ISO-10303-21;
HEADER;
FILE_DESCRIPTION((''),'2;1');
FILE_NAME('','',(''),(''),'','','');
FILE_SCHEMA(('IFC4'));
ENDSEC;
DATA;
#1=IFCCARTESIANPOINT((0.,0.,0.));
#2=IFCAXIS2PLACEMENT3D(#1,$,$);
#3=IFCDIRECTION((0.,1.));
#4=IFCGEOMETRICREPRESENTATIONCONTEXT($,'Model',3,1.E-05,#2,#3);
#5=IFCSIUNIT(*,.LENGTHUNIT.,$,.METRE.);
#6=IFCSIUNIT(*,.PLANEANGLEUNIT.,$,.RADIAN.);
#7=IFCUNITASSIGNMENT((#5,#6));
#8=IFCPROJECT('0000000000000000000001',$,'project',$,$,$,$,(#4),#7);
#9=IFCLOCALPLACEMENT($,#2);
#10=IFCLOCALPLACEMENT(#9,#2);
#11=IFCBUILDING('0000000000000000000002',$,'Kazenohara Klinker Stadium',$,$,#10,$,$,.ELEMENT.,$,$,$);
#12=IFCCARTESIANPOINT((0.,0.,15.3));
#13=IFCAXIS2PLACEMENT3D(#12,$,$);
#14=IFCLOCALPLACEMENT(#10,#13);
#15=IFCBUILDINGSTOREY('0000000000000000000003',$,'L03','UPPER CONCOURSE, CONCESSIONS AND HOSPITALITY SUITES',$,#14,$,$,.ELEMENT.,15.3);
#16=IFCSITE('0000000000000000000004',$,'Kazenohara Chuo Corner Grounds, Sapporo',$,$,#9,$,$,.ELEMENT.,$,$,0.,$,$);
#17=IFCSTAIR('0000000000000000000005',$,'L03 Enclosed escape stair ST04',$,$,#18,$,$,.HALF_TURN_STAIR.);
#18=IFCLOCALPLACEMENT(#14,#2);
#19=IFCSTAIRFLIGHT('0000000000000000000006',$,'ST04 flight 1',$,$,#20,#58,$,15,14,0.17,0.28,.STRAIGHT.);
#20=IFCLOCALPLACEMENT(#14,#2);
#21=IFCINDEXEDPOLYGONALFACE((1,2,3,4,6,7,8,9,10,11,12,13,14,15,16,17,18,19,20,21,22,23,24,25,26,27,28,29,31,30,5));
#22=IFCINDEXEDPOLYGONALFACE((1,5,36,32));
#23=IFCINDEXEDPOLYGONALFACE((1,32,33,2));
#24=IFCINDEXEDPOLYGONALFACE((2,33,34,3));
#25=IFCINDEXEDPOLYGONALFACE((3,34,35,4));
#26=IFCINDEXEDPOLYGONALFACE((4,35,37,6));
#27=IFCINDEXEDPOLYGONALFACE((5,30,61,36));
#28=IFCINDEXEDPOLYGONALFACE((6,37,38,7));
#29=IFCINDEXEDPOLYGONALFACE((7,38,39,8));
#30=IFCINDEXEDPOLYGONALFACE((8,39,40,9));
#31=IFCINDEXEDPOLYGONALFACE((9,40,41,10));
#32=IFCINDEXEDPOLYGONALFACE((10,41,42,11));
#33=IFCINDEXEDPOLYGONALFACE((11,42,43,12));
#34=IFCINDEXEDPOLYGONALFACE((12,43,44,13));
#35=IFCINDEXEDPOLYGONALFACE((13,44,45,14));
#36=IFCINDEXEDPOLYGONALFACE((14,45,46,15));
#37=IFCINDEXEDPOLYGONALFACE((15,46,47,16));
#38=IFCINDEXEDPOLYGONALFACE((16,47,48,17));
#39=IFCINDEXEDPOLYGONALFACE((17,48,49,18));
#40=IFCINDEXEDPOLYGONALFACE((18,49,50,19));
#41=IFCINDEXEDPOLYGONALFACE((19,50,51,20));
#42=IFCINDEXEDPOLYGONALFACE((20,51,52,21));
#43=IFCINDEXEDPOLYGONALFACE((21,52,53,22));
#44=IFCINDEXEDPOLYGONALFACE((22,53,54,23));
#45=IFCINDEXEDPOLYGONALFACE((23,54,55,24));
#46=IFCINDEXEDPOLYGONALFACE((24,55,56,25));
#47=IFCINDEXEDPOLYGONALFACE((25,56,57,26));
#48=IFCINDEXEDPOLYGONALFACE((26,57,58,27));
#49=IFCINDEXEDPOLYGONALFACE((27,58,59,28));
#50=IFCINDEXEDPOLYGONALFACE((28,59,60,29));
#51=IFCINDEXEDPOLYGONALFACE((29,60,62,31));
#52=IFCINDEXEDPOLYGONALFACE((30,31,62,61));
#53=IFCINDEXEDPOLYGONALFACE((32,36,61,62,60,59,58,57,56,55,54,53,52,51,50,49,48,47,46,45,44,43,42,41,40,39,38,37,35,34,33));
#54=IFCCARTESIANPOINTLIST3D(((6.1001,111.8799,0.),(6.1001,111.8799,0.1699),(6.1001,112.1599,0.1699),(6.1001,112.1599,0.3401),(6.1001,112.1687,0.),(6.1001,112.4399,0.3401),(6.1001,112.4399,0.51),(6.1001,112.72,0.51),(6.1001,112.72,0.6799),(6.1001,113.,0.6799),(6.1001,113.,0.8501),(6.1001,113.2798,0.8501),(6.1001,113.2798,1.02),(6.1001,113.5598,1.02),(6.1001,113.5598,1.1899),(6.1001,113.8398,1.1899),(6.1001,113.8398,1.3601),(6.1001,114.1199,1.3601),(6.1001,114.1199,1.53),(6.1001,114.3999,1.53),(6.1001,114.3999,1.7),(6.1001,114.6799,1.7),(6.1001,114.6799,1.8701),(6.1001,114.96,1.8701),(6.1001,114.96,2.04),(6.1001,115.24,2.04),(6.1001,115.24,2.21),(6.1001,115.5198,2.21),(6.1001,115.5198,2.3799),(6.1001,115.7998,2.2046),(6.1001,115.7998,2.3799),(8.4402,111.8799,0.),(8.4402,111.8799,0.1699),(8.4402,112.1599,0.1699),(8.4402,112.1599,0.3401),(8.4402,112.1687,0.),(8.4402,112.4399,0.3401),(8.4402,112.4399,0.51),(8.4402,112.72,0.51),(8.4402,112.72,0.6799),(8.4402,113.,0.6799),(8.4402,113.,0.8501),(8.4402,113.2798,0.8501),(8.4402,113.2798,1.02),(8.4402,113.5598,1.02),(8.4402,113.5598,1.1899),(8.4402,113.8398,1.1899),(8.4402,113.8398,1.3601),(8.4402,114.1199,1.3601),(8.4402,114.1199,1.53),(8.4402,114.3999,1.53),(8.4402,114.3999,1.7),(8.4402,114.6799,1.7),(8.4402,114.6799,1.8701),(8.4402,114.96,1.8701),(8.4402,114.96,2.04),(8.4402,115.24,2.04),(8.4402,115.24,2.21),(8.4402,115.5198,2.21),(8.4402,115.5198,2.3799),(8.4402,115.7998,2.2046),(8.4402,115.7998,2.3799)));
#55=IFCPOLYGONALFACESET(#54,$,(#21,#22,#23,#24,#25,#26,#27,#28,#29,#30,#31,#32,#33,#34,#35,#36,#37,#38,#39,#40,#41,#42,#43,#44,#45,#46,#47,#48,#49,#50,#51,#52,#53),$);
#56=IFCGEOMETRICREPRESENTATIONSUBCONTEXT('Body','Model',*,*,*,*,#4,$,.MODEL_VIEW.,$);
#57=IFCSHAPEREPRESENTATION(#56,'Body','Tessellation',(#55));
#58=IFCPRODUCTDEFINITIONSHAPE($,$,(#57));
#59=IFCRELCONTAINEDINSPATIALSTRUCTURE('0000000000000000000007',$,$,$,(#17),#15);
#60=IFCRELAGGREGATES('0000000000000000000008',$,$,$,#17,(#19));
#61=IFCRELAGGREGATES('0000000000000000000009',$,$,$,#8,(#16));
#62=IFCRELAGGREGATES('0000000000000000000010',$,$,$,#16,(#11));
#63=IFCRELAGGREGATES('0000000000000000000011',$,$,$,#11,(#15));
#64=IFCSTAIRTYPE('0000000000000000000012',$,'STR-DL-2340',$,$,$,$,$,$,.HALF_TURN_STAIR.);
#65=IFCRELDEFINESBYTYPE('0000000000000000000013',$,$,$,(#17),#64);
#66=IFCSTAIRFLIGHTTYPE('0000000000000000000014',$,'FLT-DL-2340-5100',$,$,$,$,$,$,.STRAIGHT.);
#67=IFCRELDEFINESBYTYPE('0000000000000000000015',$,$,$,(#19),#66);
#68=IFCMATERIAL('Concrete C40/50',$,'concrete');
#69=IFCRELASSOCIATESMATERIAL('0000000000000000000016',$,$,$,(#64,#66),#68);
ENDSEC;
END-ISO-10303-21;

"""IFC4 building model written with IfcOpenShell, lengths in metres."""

from ifc_helpers import new_model, si_unit, direction, frame, origin, place, context, subcontext, project, spatial, polyline, outline, extrude, material, type_object, element, aggregate, save


model = new_model("IFC4")

# Units and contexts
model_context = context("Model", 3, precision=1e-05, world=origin(), true_north=direction((0.0, 1.0)))
body_context = subcontext(model_context, "Body", "Model", "MODEL_VIEW")
ifc_project = project(units=[si_unit("LENGTHUNIT", "METRE"), si_unit("PLANEANGLEUNIT", "RADIAN")], contexts=[model_context])

# Site, building, storey
site_placement = place(None, origin())
site = spatial("IfcSite", under=ifc_project, at=site_placement, Name="Kazenohara Chuo Corner Grounds, Sapporo", CompositionType="ELEMENT", RefElevation=0.0)
building_placement = place(site_placement, origin())
building = spatial("IfcBuilding", under=site, at=building_placement, Name="Kazenohara Klinker Stadium", CompositionType="ELEMENT")
storey_placement = place(building_placement, frame((0.0, 0.0, 15.3)))
storey = spatial("IfcBuildingStorey", under=building, at=storey_placement, Name="L03", Description="UPPER CONCOURSE, CONCESSIONS AND HOSPITALITY SUITES", CompositionType="ELEMENT", Elevation=15.3)

# Shared definitions
ifc_material_1 = material(Name="Concrete C40/50", Category="concrete")

# Stair, stair flight
stair_type = type_object("IfcStairType", Name="STR-DL-2340", PredefinedType="HALF_TURN_STAIR", material=ifc_material_1)
stair_placement = place(storey_placement, origin())
stair = element("IfcStair", 1, at=stair_placement, inside=storey, type_object=stair_type, Name="L03 Enclosed escape stair ST04", PredefinedType="HALF_TURN_STAIR")
stair_flight_type = type_object("IfcStairFlightType", Name="FLT-DL-2340-5100", PredefinedType="STRAIGHT", material=ifc_material_1)
stair_flight_placement = place(storey_placement, frame((7.27, 111.8799, 0.0), z_axis=(0.0, 0.0, 1.0), x_axis=(0.0, 1.0, 0.0)))
stair_flight = element("IfcStairFlight", 2, at=stair_flight_placement, type_object=stair_flight_type, Name="ST04 flight 1", NumberOfRisers=15, NumberOfTreads=14, PredefinedType="STRAIGHT", RiserHeight=0.17, TreadLength=0.28, context=body_context, shape_type="SweptSolid", body=[
    extrude(outline(polyline([(0.0, 0.0), (0.0, 0.1699), (0.28, 0.1699), (0.28, 0.3401), (0.5601, 0.3401), (0.5601, 0.51), (0.8401, 0.51), (0.8401, 0.6799), (1.1201, 0.6799), (1.1201, 0.8501), (1.3999, 0.8501), (1.3999, 1.02), (1.6799, 1.02), (1.6799, 1.1899), (1.96, 1.1899), (1.96, 1.3601), (2.24, 1.3601), (2.24, 1.53), (2.52, 1.53), (2.52, 1.7), (2.8, 1.7), (2.8, 1.8701), (3.0801, 1.8701), (3.0801, 2.04), (3.3601, 2.04), (3.3601, 2.21), (3.6399, 2.21), (3.6399, 2.3799), (3.9199, 2.3799), (3.9199, 2.55), (3.9199, 2.2046), (0.2888, 0.0), (0.0, 0.0)])), frame((0.0, 1.1699, 0.0), z_axis=(0.0, -1.0, 0.0), x_axis=(1.0, 0.0, 0.0)), (0.0, 0.0, 1.0), 2.3401),
])
aggregate(stair, [stair_flight])

save(model, "model.ifc")
